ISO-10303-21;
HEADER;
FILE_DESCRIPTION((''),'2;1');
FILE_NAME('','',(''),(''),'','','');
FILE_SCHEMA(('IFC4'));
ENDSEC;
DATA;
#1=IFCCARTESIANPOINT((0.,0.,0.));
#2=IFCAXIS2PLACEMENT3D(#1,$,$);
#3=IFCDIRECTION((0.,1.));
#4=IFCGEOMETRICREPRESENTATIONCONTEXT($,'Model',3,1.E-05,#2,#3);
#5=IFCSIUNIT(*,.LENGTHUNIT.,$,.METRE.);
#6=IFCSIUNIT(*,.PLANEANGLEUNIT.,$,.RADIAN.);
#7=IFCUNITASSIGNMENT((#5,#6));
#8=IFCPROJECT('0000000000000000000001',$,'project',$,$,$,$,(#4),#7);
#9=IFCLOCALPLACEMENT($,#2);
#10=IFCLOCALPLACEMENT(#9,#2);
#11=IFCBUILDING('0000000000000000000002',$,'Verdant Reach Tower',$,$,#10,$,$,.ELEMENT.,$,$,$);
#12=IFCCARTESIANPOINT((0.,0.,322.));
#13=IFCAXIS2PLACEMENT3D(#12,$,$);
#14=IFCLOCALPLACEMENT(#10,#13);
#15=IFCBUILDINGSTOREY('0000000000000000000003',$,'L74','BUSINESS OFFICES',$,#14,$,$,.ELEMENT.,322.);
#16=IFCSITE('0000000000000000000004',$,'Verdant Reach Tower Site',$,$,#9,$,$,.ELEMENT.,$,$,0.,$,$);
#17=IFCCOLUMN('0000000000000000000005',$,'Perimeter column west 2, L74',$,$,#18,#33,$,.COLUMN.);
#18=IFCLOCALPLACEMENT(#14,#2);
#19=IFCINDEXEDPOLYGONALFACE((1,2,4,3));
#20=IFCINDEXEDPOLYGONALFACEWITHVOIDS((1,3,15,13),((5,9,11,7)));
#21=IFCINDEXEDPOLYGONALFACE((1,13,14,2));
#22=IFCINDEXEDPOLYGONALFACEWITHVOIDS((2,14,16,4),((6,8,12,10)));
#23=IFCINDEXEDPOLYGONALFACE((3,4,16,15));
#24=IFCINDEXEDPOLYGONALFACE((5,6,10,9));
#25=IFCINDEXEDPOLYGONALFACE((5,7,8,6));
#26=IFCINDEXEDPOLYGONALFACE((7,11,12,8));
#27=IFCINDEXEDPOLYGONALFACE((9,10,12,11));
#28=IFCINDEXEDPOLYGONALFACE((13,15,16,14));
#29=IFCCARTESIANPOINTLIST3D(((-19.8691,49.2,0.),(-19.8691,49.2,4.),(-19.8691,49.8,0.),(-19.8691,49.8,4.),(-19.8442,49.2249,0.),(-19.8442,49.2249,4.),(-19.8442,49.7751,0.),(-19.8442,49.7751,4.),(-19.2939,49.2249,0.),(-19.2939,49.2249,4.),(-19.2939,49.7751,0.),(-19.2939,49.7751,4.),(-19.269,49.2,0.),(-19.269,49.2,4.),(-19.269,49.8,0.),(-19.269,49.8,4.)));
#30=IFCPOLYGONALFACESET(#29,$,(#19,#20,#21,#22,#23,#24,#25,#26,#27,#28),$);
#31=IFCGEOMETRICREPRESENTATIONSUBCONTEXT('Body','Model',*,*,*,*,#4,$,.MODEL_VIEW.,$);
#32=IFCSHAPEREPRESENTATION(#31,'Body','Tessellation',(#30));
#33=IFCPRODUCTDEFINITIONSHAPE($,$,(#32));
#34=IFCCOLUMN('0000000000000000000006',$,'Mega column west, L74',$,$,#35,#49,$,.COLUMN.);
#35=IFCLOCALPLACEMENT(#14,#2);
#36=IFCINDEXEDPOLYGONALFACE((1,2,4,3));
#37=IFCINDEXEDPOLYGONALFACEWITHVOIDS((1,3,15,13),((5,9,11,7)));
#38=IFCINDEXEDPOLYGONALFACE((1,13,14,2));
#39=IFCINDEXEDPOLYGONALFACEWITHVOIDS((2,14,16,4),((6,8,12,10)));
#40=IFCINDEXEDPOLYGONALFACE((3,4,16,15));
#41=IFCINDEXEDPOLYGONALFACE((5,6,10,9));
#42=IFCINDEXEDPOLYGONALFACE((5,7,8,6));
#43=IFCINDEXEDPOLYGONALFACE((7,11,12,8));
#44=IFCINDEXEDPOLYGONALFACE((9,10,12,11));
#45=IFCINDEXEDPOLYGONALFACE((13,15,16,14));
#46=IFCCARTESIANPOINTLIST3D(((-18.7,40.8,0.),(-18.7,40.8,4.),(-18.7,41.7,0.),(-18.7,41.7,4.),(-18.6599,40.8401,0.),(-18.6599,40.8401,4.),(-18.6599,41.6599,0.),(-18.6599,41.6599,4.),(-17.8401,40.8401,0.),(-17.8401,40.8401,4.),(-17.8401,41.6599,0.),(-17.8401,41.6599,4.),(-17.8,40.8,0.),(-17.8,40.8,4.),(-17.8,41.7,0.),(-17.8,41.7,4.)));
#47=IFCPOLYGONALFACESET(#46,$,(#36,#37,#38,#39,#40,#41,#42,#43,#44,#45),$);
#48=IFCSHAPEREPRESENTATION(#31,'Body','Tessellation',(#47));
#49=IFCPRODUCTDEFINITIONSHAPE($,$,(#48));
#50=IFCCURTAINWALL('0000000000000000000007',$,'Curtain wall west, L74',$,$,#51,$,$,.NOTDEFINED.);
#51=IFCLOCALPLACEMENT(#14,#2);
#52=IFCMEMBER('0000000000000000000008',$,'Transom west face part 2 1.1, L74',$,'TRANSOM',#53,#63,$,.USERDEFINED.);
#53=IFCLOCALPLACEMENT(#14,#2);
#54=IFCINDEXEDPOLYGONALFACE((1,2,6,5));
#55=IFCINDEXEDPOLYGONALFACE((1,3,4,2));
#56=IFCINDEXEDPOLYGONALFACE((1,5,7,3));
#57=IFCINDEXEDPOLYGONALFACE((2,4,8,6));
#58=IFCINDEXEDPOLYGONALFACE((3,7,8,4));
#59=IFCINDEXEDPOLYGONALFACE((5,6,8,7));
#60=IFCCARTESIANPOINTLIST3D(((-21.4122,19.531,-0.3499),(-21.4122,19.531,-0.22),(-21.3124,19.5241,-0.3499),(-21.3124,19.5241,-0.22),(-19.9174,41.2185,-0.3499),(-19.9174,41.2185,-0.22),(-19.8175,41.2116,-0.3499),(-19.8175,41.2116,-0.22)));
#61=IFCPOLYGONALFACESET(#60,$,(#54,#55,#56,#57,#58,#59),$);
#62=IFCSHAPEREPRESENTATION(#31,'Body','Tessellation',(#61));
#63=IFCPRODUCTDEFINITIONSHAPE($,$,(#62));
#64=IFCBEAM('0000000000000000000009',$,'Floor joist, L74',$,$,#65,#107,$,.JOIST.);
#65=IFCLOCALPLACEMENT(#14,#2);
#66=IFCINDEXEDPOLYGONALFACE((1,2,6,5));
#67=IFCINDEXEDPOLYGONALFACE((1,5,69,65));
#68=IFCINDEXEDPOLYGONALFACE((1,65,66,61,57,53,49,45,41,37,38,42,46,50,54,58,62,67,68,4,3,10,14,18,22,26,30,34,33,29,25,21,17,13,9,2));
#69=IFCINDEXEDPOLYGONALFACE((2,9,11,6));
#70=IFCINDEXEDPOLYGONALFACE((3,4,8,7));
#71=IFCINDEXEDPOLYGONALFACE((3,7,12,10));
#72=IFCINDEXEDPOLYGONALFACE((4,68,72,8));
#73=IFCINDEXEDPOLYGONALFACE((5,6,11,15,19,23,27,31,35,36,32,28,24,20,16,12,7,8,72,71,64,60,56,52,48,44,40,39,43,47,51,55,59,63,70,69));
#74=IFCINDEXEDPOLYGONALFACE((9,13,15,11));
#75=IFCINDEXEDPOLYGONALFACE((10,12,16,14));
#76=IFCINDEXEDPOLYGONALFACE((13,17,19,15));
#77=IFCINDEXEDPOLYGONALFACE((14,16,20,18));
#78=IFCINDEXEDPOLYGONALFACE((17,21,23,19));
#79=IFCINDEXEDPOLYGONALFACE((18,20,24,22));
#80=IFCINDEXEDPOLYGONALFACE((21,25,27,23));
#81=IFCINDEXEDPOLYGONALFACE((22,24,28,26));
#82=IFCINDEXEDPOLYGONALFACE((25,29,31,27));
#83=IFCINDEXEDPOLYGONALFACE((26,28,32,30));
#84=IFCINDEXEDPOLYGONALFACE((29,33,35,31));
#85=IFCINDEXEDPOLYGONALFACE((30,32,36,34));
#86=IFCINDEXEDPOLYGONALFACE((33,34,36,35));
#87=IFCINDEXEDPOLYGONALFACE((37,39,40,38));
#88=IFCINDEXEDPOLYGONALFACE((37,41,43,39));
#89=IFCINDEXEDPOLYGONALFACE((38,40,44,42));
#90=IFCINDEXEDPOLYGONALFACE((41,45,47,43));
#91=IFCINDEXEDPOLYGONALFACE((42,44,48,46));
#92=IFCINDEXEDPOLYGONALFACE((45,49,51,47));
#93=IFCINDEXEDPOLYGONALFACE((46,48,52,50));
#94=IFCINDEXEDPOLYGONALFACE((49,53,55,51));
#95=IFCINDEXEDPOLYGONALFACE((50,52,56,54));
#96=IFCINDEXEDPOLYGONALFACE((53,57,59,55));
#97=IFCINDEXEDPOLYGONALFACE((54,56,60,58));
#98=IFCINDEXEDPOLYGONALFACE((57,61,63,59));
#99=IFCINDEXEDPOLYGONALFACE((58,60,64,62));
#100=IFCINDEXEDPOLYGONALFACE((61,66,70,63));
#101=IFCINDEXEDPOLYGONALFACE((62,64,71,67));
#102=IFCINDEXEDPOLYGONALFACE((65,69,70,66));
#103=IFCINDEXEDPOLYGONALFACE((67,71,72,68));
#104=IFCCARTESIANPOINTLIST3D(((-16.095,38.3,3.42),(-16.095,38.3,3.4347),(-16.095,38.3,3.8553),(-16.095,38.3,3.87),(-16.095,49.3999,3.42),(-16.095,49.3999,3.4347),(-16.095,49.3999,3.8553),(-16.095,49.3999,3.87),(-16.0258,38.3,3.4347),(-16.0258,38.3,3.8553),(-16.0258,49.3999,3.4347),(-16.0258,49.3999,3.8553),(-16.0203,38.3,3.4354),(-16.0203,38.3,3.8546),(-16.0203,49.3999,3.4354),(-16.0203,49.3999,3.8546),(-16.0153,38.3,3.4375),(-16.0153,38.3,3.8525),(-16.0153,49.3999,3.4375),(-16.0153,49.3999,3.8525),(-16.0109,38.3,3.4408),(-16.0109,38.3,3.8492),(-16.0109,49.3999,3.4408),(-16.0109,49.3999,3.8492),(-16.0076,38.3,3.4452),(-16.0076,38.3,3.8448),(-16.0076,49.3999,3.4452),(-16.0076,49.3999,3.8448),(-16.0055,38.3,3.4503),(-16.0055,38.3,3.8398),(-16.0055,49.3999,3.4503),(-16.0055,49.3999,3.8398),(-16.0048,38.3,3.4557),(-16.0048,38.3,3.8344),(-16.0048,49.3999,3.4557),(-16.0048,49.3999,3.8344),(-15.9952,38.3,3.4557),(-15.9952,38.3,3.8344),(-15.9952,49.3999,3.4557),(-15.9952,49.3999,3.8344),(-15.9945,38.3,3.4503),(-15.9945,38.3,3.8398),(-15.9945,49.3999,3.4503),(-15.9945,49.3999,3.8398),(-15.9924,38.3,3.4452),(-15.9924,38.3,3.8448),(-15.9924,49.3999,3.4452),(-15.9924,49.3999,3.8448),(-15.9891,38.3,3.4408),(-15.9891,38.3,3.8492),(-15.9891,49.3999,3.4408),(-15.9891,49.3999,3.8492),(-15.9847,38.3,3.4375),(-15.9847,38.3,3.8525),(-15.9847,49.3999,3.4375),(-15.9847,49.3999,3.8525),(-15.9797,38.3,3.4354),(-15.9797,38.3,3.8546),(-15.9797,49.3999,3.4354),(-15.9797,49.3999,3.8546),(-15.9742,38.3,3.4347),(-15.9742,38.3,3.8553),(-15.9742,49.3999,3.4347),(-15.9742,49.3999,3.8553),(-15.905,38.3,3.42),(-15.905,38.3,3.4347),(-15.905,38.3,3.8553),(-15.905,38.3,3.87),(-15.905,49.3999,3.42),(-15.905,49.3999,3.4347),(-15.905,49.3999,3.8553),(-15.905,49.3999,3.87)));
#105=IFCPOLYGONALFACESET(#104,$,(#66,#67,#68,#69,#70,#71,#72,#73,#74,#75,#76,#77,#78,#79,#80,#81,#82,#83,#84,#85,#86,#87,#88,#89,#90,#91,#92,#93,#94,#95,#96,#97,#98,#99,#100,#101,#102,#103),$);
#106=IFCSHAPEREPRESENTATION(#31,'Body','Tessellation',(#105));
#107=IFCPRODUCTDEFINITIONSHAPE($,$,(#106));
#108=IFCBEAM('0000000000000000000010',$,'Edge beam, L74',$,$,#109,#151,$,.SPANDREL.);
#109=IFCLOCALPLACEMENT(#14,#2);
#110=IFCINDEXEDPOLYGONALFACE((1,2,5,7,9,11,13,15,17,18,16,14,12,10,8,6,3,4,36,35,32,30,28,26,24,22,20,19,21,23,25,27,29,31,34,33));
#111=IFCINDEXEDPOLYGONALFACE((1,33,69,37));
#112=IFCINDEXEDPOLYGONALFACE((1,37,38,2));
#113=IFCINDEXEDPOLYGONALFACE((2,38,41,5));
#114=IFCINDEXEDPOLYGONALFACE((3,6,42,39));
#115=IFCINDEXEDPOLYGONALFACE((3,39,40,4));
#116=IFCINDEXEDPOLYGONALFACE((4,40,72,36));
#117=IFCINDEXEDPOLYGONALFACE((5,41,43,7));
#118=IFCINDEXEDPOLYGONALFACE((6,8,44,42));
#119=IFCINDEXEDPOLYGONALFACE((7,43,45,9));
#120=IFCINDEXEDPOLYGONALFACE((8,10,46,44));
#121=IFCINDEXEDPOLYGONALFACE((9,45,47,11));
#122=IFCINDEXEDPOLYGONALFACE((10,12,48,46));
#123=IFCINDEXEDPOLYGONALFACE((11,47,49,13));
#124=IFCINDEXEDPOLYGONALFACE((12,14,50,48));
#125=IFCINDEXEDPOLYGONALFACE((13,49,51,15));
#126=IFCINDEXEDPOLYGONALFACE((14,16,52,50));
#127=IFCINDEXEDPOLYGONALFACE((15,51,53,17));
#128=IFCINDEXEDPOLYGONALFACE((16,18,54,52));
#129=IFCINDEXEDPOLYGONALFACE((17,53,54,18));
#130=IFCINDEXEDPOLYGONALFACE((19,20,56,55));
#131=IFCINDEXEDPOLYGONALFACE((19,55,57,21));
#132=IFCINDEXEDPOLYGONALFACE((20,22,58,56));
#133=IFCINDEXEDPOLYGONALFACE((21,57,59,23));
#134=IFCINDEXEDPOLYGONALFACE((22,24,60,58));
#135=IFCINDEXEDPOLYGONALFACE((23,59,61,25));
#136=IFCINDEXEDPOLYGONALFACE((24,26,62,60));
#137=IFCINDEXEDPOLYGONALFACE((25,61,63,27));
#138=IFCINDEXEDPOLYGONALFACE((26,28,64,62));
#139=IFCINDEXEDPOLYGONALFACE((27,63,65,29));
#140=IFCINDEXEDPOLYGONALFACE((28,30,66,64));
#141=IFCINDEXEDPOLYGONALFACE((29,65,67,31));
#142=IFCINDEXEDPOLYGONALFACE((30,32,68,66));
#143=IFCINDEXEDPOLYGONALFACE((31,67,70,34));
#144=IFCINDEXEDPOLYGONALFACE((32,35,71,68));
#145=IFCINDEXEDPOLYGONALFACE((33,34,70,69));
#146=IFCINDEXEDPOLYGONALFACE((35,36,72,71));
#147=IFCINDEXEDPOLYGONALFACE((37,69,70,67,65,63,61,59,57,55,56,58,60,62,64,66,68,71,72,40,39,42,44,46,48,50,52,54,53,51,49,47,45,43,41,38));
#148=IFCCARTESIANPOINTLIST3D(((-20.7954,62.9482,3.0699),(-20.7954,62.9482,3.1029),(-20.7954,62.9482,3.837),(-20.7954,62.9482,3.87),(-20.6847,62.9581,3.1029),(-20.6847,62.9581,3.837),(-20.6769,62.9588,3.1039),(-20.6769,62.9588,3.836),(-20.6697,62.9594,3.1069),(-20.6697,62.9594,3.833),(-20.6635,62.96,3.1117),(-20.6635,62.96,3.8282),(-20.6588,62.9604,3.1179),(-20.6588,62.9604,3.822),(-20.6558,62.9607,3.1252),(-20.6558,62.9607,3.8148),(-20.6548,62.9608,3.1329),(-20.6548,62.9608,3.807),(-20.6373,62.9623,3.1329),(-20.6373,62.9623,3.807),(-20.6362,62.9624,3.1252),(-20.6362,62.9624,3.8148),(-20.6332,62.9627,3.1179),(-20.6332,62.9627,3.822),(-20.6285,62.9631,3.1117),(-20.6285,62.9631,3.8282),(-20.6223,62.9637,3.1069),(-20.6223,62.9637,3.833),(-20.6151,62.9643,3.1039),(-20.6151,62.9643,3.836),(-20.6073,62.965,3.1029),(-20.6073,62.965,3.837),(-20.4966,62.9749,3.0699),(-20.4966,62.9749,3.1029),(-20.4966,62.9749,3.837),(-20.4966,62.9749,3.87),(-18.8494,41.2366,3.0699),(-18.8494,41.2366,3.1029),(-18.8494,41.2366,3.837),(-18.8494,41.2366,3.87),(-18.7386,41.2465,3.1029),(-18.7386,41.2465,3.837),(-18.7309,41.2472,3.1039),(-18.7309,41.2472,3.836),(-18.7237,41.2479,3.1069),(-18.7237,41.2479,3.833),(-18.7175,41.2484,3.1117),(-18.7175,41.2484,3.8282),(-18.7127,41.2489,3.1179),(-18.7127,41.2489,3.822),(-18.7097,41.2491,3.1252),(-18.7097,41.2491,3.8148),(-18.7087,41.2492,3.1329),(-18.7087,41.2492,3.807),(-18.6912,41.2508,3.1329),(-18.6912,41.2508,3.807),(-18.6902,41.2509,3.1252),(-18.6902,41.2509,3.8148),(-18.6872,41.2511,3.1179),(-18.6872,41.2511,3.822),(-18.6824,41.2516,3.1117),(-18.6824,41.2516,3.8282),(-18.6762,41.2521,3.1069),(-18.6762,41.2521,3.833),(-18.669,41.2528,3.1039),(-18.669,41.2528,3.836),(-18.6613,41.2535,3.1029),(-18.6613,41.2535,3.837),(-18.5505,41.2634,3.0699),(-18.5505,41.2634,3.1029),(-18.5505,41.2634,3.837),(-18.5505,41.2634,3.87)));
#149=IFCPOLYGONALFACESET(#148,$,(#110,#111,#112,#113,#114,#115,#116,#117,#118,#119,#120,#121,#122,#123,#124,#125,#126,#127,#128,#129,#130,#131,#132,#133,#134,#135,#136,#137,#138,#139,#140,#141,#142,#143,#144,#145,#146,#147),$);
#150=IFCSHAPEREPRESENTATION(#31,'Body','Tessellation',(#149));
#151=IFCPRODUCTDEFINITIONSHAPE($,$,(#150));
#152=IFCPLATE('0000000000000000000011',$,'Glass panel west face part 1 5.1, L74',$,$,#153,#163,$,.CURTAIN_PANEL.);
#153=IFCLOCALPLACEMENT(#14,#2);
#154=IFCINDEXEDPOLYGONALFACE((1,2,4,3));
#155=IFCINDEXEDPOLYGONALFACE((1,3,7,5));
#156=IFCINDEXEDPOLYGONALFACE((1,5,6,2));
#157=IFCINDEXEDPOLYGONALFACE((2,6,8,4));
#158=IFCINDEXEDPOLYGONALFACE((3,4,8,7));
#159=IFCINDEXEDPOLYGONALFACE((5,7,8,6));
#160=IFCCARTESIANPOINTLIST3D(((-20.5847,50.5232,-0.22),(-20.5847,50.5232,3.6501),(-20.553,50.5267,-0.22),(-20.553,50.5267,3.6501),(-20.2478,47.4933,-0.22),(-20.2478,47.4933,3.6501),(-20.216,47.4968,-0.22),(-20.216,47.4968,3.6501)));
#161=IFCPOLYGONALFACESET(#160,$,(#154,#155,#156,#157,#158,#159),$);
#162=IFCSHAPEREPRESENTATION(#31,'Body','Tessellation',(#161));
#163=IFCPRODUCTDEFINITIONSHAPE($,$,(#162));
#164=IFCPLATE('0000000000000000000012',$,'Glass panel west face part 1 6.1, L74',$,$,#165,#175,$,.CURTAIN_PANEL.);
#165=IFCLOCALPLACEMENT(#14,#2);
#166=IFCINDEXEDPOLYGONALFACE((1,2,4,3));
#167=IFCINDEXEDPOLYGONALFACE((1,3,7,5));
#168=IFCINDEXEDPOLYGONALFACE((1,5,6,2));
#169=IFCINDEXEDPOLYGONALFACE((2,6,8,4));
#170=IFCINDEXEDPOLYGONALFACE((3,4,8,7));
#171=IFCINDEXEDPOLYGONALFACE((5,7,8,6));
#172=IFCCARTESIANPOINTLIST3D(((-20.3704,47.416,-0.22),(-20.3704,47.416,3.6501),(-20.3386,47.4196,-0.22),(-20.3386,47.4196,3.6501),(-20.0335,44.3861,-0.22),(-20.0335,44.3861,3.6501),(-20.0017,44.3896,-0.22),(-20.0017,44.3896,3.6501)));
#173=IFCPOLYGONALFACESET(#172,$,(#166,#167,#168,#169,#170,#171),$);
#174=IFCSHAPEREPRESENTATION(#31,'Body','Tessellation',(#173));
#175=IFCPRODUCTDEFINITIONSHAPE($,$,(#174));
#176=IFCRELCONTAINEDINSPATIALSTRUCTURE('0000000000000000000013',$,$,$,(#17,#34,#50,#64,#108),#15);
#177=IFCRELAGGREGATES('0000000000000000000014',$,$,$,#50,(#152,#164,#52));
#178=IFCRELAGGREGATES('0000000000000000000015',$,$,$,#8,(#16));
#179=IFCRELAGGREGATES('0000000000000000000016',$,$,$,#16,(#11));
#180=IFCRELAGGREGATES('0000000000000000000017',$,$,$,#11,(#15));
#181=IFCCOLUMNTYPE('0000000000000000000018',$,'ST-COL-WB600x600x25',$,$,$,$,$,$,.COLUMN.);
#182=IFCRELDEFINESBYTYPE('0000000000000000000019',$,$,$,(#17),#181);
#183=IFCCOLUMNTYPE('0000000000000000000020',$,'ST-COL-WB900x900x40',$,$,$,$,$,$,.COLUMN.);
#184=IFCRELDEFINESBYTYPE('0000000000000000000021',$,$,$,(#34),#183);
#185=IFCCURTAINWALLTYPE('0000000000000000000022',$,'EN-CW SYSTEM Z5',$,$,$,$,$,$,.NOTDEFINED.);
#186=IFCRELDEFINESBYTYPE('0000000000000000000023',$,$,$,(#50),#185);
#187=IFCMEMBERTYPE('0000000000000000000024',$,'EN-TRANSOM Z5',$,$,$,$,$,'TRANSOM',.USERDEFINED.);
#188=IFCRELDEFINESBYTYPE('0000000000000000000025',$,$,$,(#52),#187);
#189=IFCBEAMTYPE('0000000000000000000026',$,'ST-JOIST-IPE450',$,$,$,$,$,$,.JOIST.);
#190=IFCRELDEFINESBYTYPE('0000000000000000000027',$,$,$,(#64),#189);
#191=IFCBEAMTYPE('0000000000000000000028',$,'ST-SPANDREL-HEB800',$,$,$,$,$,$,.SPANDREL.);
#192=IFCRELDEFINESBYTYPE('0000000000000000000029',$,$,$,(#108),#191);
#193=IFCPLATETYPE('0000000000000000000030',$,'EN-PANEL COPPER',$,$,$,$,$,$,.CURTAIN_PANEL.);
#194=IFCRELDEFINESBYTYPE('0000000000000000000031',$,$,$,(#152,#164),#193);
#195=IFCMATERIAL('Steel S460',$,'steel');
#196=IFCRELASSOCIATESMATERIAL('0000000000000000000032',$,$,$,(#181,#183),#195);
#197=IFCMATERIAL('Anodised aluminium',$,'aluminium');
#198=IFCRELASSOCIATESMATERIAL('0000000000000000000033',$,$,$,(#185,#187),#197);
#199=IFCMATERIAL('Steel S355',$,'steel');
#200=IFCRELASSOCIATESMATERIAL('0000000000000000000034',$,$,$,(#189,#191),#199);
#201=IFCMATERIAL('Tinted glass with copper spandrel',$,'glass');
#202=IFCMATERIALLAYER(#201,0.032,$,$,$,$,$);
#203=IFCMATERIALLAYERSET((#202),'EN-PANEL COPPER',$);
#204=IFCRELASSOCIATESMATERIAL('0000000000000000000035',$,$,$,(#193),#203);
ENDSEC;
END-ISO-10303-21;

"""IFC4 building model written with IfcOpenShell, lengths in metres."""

from ifc_helpers import new_model, si_unit, direction, frame, origin, origin_2d, place, context, subcontext, project, spatial, rectangle, hollow_rectangle, i_section, extrude, material, layer, layer_set, material_profile, profile_set, type_object, element, aggregate, save


model = new_model("IFC4")

# Units and contexts
model_context = context("Model", 3, precision=1e-05, world=origin(), true_north=direction((0.0, 1.0)))
body_context = subcontext(model_context, "Body", "Model", "MODEL_VIEW")
ifc_project = project(units=[si_unit("LENGTHUNIT", "METRE"), si_unit("PLANEANGLEUNIT", "RADIAN")], contexts=[model_context])

# Site, building, storey
site_placement = place(None, origin())
site = spatial("IfcSite", under=ifc_project, at=site_placement, Name="Verdant Reach Tower Site", CompositionType="ELEMENT", RefElevation=0.0)
building_placement = place(site_placement, origin())
building = spatial("IfcBuilding", under=site, at=building_placement, Name="Verdant Reach Tower", CompositionType="ELEMENT")
storey_placement = place(building_placement, frame((0.0, 0.0, 322.0)))
storey = spatial("IfcBuildingStorey", under=building, at=storey_placement, Name="L74", Description="BUSINESS OFFICES", CompositionType="ELEMENT", Elevation=322.0)

# Columns
ifc_material_1 = material(Name="Steel S460", Category="steel")
ifc_material_profile_1 = material_profile(ifc_material_1, hollow_rectangle(XDim=0.6001, YDim=0.6001, WallThickness=0.0249, at=origin_2d()), Name="WB 600x600x25")
ifc_profile_set_1 = profile_set([ifc_material_profile_1], Name="Steel S460")
column_type_1 = type_object("IfcColumnType", Name="ST-COL-WB600x600x25", PredefinedType="COLUMN", material=ifc_profile_set_1)
column_1_placement = place(storey_placement, frame((-19.5691, 49.5, 0.0), z_axis=(0.0, 0.0, 1.0), x_axis=(1.0, 0.0, 0.0)))
element("IfcColumn", 1, at=column_1_placement, inside=storey, type_object=column_type_1, Name="Perimeter column west 2, L74", PredefinedType="COLUMN", context=body_context, shape_type="SweptSolid", body=[
    extrude(hollow_rectangle(XDim=0.6001, YDim=0.6001, WallThickness=0.0249, at=origin_2d()), origin(), (0.0, 0.0, 1.0), 4.0),
])
ifc_material_profile_2 = material_profile(ifc_material_1, hollow_rectangle(XDim=0.8999, YDim=0.8999, WallThickness=0.04, at=origin_2d()), Name="WB 900x900x40")
ifc_profile_set_2 = profile_set([ifc_material_profile_2], Name="Steel S460")
column_type_2 = type_object("IfcColumnType", Name="ST-COL-WB900x900x40", PredefinedType="COLUMN", material=ifc_profile_set_2)
column_2_placement = place(storey_placement, frame((-18.25, 41.25, 0.0), z_axis=(0.0, 0.0, 1.0), x_axis=(1.0, 0.0, 0.0)))
element("IfcColumn", 2, at=column_2_placement, inside=storey, type_object=column_type_2, Name="Mega column west, L74", PredefinedType="COLUMN", context=body_context, shape_type="SweptSolid", body=[
    extrude(hollow_rectangle(XDim=0.8999, YDim=0.8999, WallThickness=0.04, at=origin_2d()), origin(), (0.0, 0.0, 1.0), 4.0),
])

# Curtain wall, member
ifc_material_2 = material(Name="Anodised aluminium", Category="aluminium")
curtain_wall_type = type_object("IfcCurtainWallType", Name="EN-CW SYSTEM Z5", PredefinedType="NOTDEFINED", material=ifc_material_2)
curtain_wall_placement = place(storey_placement, origin())
curtain_wall = element("IfcCurtainWall", 3, at=curtain_wall_placement, inside=storey, type_object=curtain_wall_type, Name="Curtain wall west, L74", PredefinedType="NOTDEFINED")
ifc_material_profile_3 = material_profile(ifc_material_2, rectangle(XDim=0.1001, YDim=0.1299, at=origin_2d()), Name="Transom 130x100")
ifc_profile_set_3 = profile_set([ifc_material_profile_3], Name="Anodised aluminium")
member_type = type_object("IfcMemberType", Name="EN-TRANSOM Z5", ElementType="TRANSOM", PredefinedType="USERDEFINED", material=ifc_profile_set_3)
member_placement = place(storey_placement, frame((-19.8674, 41.2151, -0.2849), z_axis=(-0.068765, -0.997633, 0.0), x_axis=(0.997633, -0.068765, 0.0)))
member = element("IfcMember", 4, at=member_placement, type_object=member_type, Name="Transom west face part 2 1.1, L74", ObjectType="TRANSOM", PredefinedType="USERDEFINED", context=body_context, shape_type="SweptSolid", body=[
    extrude(rectangle(XDim=0.1001, YDim=0.1299, at=origin_2d()), origin(), (0.0, 0.0, 1.0), 21.739),
])

# Beams
ifc_material_3 = material(Name="Steel S355", Category="steel")
ifc_material_profile_4 = material_profile(ifc_material_3, i_section(OverallWidth=0.1899, OverallDepth=0.45, WebThickness=0.0095, FlangeThickness=0.0146, FilletRadius=0.021, at=origin_2d()), Name="IPE 450")
ifc_profile_set_4 = profile_set([ifc_material_profile_4], Name="Steel S355")
beam_type_1 = type_object("IfcBeamType", Name="ST-JOIST-IPE450", PredefinedType="JOIST", material=ifc_profile_set_4)
beam_1_placement = place(storey_placement, frame((-16.0, 38.3, 3.645), z_axis=(0.0, 1.0, 0.0), x_axis=(-1.0, 0.0, 0.0)))
element("IfcBeam", 5, at=beam_1_placement, inside=storey, type_object=beam_type_1, Name="Floor joist, L74", PredefinedType="JOIST", context=body_context, shape_type="SweptSolid", body=[
    extrude(i_section(OverallWidth=0.1899, OverallDepth=0.45, WebThickness=0.0095, FlangeThickness=0.0146, FilletRadius=0.021, at=origin_2d()), origin(), (0.0, 0.0, 1.0), 11.0999),
])
ifc_material_profile_5 = material_profile(ifc_material_3, i_section(OverallWidth=0.3, OverallDepth=0.8, WebThickness=0.0176, FlangeThickness=0.033, FilletRadius=0.03, at=origin_2d()), Name="HEB 800")
ifc_profile_set_5 = profile_set([ifc_material_profile_5], Name="Steel S355")
beam_type_2 = type_object("IfcBeamType", Name="ST-SPANDREL-HEB800", PredefinedType="SPANDREL", material=ifc_profile_set_5)
beam_2_placement = place(storey_placement, frame((-18.7, 41.25, 3.47), z_axis=(-0.089274, 0.996007, 0.0), x_axis=(-0.996007, -0.089274, 0.0)))
element("IfcBeam", 6, at=beam_2_placement, inside=storey, type_object=beam_type_2, Name="Edge beam, L74", PredefinedType="SPANDREL", context=body_context, shape_type="SweptSolid", body=[
    extrude(i_section(OverallWidth=0.3, OverallDepth=0.8, WebThickness=0.0176, FlangeThickness=0.033, FilletRadius=0.03, at=origin_2d()), origin(), (0.0, 0.0, 1.0), 21.7986),
])

# Plates
ifc_material_4 = material(Name="Tinted glass with copper spandrel", Category="glass")
ifc_layer_1 = layer(ifc_material_4, 0.032)
ifc_layer_set_1 = layer_set([ifc_layer_1], Name="EN-PANEL COPPER")
plate_type_1 = type_object("IfcPlateType", Name="EN-PANEL COPPER", PredefinedType="CURTAIN_PANEL", material=ifc_layer_set_1)
plate_1_placement = place(storey_placement, frame((-20.4004, 49.01, -0.22), z_axis=(0.0, 0.0, 1.0), x_axis=(0.110518, -0.993874, 0.0)))
plate_1 = element("IfcPlate", 7, at=plate_1_placement, type_object=plate_type_1, Name="Glass panel west face part 1 5.1, L74", PredefinedType="CURTAIN_PANEL", context=body_context, shape_type="SweptSolid", body=[
    extrude(rectangle(XDim=3.0486, YDim=0.032, at=origin_2d()), origin(), (0.0, 0.0, 1.0), 3.8701),
])
plate_2_placement = place(storey_placement, frame((-20.186, 45.9028, -0.22), z_axis=(0.0, 0.0, 1.0), x_axis=(0.110518, -0.993874, 0.0)))
plate_2 = element("IfcPlate", 8, at=plate_2_placement, type_object=plate_type_1, Name="Glass panel west face part 1 6.1, L74", PredefinedType="CURTAIN_PANEL", context=body_context, shape_type="SweptSolid", body=[
    extrude(rectangle(XDim=3.0486, YDim=0.032, at=origin_2d()), origin(), (0.0, 0.0, 1.0), 3.8701),
])
aggregate(curtain_wall, [plate_1, plate_2, member])

save(model, "model.ifc")
